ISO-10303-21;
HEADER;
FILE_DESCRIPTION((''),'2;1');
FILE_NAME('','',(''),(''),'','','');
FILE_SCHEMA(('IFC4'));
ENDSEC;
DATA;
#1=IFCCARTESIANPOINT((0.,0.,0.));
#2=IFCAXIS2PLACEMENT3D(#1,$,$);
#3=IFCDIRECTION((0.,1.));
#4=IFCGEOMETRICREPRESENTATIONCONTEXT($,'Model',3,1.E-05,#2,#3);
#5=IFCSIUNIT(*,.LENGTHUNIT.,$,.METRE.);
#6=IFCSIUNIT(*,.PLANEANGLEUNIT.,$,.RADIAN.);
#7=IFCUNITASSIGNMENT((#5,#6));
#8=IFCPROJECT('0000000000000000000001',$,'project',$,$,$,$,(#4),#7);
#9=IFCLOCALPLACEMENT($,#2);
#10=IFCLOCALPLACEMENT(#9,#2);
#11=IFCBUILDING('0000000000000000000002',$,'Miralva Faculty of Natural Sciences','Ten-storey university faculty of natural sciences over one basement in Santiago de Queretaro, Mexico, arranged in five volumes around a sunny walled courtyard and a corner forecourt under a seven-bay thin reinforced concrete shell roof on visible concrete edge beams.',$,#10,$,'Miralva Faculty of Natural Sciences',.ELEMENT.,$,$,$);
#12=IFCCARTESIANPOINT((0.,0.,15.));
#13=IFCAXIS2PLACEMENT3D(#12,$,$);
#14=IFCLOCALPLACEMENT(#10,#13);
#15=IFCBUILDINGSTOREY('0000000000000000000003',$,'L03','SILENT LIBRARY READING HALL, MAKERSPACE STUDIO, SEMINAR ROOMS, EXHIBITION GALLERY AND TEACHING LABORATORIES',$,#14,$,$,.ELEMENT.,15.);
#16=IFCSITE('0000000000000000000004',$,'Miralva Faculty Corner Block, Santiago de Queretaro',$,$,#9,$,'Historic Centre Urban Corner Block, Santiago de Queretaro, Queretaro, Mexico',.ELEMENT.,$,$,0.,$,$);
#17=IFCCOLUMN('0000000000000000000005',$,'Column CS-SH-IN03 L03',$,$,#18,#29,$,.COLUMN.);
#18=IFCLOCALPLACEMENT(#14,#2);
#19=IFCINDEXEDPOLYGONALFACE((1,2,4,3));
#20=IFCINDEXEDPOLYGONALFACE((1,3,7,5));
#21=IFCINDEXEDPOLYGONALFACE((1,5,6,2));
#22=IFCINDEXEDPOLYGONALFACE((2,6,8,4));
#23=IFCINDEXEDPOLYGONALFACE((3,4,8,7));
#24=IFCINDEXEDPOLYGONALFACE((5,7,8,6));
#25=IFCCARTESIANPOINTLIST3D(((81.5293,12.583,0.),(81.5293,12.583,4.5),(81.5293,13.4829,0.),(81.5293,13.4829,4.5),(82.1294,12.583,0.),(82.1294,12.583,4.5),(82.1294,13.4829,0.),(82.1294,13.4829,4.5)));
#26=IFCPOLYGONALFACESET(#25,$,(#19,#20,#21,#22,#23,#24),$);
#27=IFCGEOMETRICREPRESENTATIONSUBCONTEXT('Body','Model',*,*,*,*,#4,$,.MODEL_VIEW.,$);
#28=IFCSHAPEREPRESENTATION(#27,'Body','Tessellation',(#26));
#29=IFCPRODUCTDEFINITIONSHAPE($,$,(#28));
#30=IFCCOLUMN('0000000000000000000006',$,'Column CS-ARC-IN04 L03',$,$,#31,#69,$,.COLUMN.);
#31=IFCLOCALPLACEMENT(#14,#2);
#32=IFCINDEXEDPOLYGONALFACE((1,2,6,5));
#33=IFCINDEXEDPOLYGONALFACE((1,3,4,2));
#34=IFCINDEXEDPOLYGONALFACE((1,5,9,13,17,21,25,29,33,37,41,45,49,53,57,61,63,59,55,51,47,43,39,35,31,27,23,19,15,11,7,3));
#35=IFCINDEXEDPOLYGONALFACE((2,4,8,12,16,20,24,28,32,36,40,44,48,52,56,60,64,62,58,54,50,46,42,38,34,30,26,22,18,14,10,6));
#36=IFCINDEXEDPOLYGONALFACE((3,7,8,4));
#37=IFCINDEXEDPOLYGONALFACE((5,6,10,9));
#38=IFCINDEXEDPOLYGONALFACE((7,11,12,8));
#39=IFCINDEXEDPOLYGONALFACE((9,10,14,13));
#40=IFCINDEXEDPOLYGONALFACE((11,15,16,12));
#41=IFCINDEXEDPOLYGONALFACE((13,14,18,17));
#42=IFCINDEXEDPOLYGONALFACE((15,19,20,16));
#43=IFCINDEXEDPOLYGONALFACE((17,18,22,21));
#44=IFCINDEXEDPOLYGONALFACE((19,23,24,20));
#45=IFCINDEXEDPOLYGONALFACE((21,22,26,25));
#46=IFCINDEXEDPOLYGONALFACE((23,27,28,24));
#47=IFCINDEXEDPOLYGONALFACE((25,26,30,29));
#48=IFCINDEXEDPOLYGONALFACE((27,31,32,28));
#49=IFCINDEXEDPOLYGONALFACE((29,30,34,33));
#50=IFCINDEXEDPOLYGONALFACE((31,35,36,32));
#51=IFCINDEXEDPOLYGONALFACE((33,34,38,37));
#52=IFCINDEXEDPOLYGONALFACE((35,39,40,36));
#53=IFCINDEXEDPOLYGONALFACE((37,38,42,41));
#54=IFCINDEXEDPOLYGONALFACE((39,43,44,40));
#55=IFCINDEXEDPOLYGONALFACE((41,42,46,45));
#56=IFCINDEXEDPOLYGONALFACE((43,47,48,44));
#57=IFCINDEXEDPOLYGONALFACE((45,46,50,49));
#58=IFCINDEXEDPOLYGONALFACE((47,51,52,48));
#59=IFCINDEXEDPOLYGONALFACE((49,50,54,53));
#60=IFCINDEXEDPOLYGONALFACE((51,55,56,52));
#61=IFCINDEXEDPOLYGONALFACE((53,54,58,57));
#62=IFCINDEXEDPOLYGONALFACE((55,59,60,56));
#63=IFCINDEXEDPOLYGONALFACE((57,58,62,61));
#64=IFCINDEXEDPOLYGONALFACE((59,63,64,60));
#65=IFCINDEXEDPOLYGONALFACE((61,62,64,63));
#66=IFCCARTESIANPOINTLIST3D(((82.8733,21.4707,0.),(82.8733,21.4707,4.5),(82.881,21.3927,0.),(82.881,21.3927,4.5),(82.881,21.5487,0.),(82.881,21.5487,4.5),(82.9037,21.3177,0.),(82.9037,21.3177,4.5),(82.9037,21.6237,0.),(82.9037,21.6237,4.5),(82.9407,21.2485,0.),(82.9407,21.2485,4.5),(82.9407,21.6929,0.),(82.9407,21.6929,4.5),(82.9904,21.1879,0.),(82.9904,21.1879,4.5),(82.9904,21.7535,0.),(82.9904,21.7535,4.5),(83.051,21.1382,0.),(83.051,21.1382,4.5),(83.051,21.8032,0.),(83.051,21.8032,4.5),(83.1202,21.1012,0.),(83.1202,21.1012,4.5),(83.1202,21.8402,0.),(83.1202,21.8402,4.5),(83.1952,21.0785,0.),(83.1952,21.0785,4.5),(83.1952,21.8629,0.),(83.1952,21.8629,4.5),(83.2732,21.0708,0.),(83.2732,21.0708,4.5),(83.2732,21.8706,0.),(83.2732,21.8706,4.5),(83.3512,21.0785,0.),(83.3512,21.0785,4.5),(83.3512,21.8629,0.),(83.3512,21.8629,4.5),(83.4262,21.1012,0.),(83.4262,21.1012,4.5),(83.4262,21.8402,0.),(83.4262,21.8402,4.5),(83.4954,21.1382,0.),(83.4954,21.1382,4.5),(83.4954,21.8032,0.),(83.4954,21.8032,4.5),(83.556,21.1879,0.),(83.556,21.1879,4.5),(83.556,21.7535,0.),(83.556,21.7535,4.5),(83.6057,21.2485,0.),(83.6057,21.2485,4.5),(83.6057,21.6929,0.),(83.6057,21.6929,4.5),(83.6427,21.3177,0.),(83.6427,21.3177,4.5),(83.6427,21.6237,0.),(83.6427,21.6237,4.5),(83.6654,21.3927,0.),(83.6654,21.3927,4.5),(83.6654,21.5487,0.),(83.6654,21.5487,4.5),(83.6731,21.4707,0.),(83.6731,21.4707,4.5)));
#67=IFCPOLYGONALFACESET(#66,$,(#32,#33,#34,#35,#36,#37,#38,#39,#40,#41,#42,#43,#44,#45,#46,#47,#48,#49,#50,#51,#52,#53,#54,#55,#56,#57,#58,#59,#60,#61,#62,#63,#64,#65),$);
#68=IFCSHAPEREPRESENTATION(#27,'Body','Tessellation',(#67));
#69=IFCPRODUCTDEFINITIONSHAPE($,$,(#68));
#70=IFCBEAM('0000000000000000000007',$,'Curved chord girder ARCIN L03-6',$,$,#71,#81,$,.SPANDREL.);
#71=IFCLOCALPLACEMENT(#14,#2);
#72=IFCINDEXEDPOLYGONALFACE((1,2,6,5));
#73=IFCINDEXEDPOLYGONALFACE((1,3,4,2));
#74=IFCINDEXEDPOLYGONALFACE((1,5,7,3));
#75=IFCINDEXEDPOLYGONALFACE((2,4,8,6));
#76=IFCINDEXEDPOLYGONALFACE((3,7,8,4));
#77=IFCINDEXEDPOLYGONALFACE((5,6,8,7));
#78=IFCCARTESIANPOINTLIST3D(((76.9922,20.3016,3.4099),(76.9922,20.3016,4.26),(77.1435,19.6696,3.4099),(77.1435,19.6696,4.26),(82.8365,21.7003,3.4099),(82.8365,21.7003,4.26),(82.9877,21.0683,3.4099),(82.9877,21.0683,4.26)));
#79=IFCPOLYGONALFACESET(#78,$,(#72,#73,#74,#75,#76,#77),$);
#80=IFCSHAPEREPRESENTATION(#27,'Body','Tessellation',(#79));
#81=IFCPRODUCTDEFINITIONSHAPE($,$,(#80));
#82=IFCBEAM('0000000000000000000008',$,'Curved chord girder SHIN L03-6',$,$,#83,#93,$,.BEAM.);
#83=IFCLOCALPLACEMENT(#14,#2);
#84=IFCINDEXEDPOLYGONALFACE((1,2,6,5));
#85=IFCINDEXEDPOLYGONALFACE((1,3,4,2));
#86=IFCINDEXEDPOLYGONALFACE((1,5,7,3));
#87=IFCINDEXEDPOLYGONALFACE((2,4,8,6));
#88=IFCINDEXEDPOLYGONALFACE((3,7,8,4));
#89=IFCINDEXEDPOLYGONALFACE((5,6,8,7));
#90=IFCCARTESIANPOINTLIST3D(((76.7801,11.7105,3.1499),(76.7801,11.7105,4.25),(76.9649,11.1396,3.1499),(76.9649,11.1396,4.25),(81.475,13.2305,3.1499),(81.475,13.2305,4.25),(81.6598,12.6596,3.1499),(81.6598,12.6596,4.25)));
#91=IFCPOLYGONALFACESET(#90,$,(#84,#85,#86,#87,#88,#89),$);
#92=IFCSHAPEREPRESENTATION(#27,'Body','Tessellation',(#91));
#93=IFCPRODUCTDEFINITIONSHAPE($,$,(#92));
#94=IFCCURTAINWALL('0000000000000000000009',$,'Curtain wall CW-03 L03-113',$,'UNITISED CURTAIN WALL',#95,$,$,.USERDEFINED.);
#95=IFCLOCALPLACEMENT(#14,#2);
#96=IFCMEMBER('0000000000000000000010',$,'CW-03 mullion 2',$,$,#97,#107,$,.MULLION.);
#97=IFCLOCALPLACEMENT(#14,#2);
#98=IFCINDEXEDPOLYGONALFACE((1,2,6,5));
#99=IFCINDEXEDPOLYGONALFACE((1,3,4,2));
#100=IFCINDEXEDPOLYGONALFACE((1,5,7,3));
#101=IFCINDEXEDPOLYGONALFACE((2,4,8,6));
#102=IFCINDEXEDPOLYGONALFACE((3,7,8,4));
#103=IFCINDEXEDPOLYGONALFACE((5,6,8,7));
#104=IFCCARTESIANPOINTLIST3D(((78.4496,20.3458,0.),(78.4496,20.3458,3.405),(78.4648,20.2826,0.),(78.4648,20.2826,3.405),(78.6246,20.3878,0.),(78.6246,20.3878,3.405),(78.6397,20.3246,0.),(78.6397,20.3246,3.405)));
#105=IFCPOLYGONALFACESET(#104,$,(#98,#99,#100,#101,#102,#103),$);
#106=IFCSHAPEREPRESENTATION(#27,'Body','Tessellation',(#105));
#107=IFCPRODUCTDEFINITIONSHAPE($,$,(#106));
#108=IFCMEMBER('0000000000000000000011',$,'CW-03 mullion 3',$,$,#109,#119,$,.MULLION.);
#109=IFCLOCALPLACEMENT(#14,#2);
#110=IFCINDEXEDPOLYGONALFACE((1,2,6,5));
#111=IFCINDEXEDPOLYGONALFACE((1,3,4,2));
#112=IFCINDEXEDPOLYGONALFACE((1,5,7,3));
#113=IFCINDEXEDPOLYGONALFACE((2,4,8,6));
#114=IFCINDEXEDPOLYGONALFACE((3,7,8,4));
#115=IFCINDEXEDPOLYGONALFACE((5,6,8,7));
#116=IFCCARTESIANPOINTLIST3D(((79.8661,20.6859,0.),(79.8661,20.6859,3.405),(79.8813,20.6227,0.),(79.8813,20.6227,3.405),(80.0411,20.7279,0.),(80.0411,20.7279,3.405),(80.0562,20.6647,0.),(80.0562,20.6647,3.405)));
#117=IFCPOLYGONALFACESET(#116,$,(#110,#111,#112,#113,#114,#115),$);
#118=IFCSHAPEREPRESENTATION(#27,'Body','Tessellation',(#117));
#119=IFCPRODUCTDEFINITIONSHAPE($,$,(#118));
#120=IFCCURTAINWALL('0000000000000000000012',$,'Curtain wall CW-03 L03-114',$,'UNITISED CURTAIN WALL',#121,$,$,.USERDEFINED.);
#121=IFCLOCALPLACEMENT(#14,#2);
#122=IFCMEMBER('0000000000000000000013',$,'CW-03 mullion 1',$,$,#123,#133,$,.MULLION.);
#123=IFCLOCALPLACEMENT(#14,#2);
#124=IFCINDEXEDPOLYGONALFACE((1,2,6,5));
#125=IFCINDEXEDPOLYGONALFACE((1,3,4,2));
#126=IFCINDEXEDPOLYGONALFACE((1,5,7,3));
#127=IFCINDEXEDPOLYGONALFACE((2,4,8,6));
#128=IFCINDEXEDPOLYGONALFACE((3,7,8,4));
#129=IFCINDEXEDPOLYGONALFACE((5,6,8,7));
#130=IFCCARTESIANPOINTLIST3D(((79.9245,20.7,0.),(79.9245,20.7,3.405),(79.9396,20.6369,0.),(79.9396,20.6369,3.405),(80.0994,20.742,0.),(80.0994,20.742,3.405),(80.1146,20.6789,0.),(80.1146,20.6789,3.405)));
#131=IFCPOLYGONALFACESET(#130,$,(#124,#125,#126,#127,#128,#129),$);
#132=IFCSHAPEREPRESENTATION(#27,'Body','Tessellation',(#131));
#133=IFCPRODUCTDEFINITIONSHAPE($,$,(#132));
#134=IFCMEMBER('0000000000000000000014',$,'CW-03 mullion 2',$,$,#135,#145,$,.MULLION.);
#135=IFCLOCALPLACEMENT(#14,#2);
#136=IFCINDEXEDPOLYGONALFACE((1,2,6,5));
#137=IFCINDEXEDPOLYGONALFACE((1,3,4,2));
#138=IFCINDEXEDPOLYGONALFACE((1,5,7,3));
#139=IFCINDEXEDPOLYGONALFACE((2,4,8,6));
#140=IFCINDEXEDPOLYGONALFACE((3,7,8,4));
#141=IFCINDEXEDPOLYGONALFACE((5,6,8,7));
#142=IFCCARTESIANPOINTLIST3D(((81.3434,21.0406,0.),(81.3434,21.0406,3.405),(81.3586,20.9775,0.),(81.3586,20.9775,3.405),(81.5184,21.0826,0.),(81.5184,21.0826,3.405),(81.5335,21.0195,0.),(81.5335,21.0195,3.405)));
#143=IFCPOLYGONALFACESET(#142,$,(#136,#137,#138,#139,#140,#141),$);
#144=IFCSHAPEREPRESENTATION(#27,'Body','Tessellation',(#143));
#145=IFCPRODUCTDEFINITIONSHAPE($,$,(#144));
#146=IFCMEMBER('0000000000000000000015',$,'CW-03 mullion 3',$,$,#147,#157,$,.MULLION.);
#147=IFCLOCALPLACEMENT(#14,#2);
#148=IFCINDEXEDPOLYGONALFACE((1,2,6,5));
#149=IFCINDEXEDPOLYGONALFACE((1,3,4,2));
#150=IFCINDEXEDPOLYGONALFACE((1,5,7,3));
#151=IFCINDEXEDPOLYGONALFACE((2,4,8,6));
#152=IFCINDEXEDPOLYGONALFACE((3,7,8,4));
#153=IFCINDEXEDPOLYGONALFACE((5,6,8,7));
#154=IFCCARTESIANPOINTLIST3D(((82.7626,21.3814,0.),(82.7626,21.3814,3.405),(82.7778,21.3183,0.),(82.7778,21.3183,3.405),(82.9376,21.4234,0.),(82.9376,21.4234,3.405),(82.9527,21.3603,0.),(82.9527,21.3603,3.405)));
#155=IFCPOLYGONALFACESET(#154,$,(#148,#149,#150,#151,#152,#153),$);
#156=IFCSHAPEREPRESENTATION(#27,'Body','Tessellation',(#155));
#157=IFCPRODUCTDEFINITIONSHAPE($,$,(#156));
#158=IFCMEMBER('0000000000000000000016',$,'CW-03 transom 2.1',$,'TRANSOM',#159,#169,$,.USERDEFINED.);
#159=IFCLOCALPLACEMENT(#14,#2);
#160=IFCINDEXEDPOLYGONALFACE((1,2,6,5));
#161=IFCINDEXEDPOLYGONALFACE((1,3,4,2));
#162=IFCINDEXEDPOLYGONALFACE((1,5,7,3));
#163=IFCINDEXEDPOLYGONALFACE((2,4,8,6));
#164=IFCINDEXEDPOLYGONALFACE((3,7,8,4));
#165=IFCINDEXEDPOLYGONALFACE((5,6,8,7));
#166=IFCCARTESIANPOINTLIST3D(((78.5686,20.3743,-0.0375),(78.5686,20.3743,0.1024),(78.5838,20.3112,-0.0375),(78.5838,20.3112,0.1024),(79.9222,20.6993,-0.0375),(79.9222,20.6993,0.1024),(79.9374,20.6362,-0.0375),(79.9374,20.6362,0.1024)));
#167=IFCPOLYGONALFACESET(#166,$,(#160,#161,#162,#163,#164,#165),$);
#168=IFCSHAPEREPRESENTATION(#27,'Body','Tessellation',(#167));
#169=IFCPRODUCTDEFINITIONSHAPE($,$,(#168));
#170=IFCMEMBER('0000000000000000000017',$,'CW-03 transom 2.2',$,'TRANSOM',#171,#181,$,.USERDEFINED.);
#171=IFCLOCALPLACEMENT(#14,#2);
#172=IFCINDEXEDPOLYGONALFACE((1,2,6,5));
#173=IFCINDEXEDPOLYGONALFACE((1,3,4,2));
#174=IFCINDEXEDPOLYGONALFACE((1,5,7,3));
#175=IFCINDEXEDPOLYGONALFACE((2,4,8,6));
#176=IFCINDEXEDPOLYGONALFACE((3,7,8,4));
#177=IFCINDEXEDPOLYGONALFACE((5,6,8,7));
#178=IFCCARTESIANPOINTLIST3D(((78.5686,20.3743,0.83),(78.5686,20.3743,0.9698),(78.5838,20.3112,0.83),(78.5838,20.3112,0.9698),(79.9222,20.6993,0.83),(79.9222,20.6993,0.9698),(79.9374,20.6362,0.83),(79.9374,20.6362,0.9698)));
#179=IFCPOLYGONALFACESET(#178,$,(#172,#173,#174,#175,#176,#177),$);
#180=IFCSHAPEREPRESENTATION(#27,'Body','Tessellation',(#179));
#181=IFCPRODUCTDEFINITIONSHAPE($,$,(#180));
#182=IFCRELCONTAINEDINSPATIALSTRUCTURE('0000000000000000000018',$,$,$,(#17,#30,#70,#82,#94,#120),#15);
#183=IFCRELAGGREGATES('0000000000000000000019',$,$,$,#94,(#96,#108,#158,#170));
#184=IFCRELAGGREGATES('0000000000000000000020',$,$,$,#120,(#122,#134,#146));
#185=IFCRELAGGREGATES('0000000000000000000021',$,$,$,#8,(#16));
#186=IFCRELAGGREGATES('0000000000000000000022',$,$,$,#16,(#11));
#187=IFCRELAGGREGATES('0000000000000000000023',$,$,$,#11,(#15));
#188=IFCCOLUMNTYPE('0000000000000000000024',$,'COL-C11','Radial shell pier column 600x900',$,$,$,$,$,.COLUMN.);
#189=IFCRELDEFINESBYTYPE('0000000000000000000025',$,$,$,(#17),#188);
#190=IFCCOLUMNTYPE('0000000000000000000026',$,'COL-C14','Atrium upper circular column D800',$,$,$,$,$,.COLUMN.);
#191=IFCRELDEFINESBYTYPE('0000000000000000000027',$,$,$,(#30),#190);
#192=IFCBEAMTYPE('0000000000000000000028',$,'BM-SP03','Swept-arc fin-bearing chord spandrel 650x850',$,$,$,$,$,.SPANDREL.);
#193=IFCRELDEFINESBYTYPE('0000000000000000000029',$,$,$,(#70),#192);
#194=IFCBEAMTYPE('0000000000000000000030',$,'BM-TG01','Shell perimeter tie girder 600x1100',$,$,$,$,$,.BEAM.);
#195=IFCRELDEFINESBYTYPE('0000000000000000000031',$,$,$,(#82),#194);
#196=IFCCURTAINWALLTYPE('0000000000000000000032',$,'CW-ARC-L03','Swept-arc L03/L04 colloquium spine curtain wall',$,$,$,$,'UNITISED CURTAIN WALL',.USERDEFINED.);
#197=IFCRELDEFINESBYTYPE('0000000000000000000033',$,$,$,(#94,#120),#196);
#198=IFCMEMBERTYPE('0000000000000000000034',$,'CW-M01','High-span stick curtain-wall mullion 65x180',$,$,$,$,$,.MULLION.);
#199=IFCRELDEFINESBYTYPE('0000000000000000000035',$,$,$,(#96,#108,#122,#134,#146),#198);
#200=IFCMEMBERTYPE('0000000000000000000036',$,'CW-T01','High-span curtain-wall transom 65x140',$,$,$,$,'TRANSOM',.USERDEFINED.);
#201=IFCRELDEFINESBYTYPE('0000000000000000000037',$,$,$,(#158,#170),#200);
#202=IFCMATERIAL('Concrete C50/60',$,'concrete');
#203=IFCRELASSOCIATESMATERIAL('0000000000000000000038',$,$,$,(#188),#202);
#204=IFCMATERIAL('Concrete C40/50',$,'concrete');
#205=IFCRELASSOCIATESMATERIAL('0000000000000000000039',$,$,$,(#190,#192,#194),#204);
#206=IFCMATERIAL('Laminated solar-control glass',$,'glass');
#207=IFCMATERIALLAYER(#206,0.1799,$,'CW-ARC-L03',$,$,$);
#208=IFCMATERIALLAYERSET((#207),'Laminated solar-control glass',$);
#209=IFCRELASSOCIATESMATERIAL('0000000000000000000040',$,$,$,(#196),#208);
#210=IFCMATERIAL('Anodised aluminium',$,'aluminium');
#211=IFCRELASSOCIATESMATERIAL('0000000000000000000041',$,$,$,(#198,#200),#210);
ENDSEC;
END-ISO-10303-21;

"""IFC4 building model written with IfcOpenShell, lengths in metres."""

from ifc_helpers import new_model, si_unit, direction, frame, origin, origin_2d, place, context, subcontext, project, spatial, rectangle, circle, extrude, material, layer, layer_set, material_profile, profile_set, type_object, element, aggregate, save


model = new_model("IFC4")

# Units and contexts
model_context = context("Model", 3, precision=1e-05, world=origin(), true_north=direction((0.0, 1.0)))
body_context = subcontext(model_context, "Body", "Model", "MODEL_VIEW")
ifc_project = project(units=[si_unit("LENGTHUNIT", "METRE"), si_unit("PLANEANGLEUNIT", "RADIAN")], contexts=[model_context])

# Site, building, storey
site_placement = place(None, origin())
site = spatial("IfcSite", under=ifc_project, at=site_placement, Name="Miralva Faculty Corner Block, Santiago de Queretaro", LongName="Historic Centre Urban Corner Block, Santiago de Queretaro, Queretaro, Mexico", CompositionType="ELEMENT", RefElevation=0.0)
building_placement = place(site_placement, origin())
building = spatial("IfcBuilding", under=site, at=building_placement, Name="Miralva Faculty of Natural Sciences", Description="Ten-storey university faculty of natural sciences over one basement in Santiago de Queretaro, Mexico, arranged in five volumes around a sunny walled courtyard and a corner forecourt under a seven-bay thin reinforced concrete shell roof on visible concrete edge beams.", LongName="Miralva Faculty of Natural Sciences", CompositionType="ELEMENT")
storey_placement = place(building_placement, frame((0.0, 0.0, 15.0)))
storey = spatial("IfcBuildingStorey", under=building, at=storey_placement, Name="L03", Description="SILENT LIBRARY READING HALL, MAKERSPACE STUDIO, SEMINAR ROOMS, EXHIBITION GALLERY AND TEACHING LABORATORIES", CompositionType="ELEMENT", Elevation=15.0)

# Columns
ifc_material_1 = material(Name="Concrete C50/60", Category="concrete")
ifc_material_profile_1 = material_profile(ifc_material_1, rectangle(XDim=0.6001, YDim=0.8999, at=origin_2d()), Name="RC 600x900")
ifc_profile_set_1 = profile_set([ifc_material_profile_1], Name="Concrete C50/60")
column_type_1 = type_object("IfcColumnType", Name="COL-C11", Description="Radial shell pier column 600x900", PredefinedType="COLUMN", material=ifc_profile_set_1)
column_1_placement = place(storey_placement, frame((81.8293, 13.033, 0.0), z_axis=(0.0, 0.0, 1.0), x_axis=(1.0, 0.0, 0.0)))
element("IfcColumn", 1, at=column_1_placement, inside=storey, type_object=column_type_1, Name="Column CS-SH-IN03 L03", PredefinedType="COLUMN", context=body_context, shape_type="SweptSolid", body=[
    extrude(rectangle(XDim=0.6001, YDim=0.8999, at=origin_2d()), origin(), (0.0, 0.0, 1.0), 4.5),
])
ifc_material_2 = material(Name="Concrete C40/50", Category="concrete")
ifc_material_profile_2 = material_profile(ifc_material_2, circle(Radius=0.3999, at=origin_2d()), Name="RC DIA 800")
ifc_profile_set_2 = profile_set([ifc_material_profile_2], Name="Concrete C40/50")
column_type_2 = type_object("IfcColumnType", Name="COL-C14", Description="Atrium upper circular column D800", PredefinedType="COLUMN", material=ifc_profile_set_2)
column_2_placement = place(storey_placement, frame((83.2732, 21.4707, 0.0), z_axis=(0.0, 0.0, 1.0), x_axis=(1.0, 0.0, 0.0)))
element("IfcColumn", 2, at=column_2_placement, inside=storey, type_object=column_type_2, Name="Column CS-ARC-IN04 L03", PredefinedType="COLUMN", context=body_context, shape_type="SweptSolid", body=[
    extrude(circle(Radius=0.3999, at=origin_2d()), origin(), (0.0, 0.0, 1.0), 4.5),
])

# Beams
ifc_material_profile_3 = material_profile(ifc_material_2, rectangle(XDim=0.6499, YDim=0.8501, at=origin_2d()), Name="RC 650x850")
ifc_profile_set_3 = profile_set([ifc_material_profile_3], Name="Concrete C40/50")
beam_type_1 = type_object("IfcBeamType", Name="BM-SP03", Description="Swept-arc fin-bearing chord spandrel 650x850", PredefinedType="SPANDREL", material=ifc_profile_set_3)
beam_1_placement = place(storey_placement, frame((82.9121, 21.3843, 3.835), z_axis=(-0.972536, -0.232754, 0.0), x_axis=(0.232754, -0.972536, 0.0)))
element("IfcBeam", 3, at=beam_1_placement, inside=storey, type_object=beam_type_1, Name="Curved chord girder ARCIN L03-6", PredefinedType="SPANDREL", context=body_context, shape_type="SweptSolid", body=[
    extrude(rectangle(XDim=0.6499, YDim=0.8501, at=origin_2d()), origin(), (0.0, 0.0, 1.0), 6.0093),
])
ifc_material_profile_4 = material_profile(ifc_material_2, rectangle(XDim=0.6001, YDim=1.1001, at=origin_2d()), Name="RC 600x1100")
ifc_profile_set_4 = profile_set([ifc_material_profile_4], Name="Concrete C40/50")
beam_type_2 = type_object("IfcBeamType", Name="BM-TG01", Description="Shell perimeter tie girder 600x1100", PredefinedType="BEAM", material=ifc_profile_set_4)
beam_2_placement = place(storey_placement, frame((81.5674, 12.9451, 3.7), z_axis=(-0.951379, -0.308023, 0.0), x_axis=(0.308023, -0.951379, 0.0)))
element("IfcBeam", 4, at=beam_2_placement, inside=storey, type_object=beam_type_2, Name="Curved chord girder SHIN L03-6", PredefinedType="BEAM", context=body_context, shape_type="SweptSolid", body=[
    extrude(rectangle(XDim=0.6001, YDim=1.1001, at=origin_2d()), origin(), (0.0, 0.0, 1.0), 4.9348),
])

# Curtain walls, members
ifc_material_3 = material(Name="Laminated solar-control glass", Category="glass")
ifc_layer_1 = layer(ifc_material_3, 0.1799, Name="CW-ARC-L03")
ifc_layer_set_1 = layer_set([ifc_layer_1], Name="Laminated solar-control glass")
curtain_wall_type = type_object("IfcCurtainWallType", Name="CW-ARC-L03", Description="Swept-arc L03/L04 colloquium spine curtain wall", ElementType="UNITISED CURTAIN WALL", PredefinedType="USERDEFINED", material=ifc_layer_set_1)
curtain_wall_1_placement = place(storey_placement, origin())
curtain_wall_1 = element("IfcCurtainWall", 5, at=curtain_wall_1_placement, inside=storey, type_object=curtain_wall_type, Name="Curtain wall CW-03 L03-113", ObjectType="UNITISED CURTAIN WALL", PredefinedType="USERDEFINED")
ifc_material_4 = material(Name="Anodised aluminium", Category="aluminium")
ifc_material_profile_5 = material_profile(ifc_material_4, rectangle(XDim=0.0649, YDim=0.1799, at=origin_2d()), Name="MULLION 65x180")
ifc_profile_set_5 = profile_set([ifc_material_profile_5], Name="Anodised aluminium")
member_type_1 = type_object("IfcMemberType", Name="CW-M01", Description="High-span stick curtain-wall mullion 65x180", PredefinedType="MULLION", material=ifc_profile_set_5)
member_1_placement = place(storey_placement, frame((78.5447, 20.3352, 0.0), z_axis=(0.0, 0.0, 1.0), x_axis=(-0.233457, 0.972367, 0.0)))
member_1 = element("IfcMember", 6, at=member_1_placement, type_object=member_type_1, Name="CW-03 mullion 2", PredefinedType="MULLION", context=body_context, shape_type="SweptSolid", body=[
    extrude(rectangle(XDim=0.0649, YDim=0.1799, at=origin_2d()), origin(), (0.0, 0.0, 1.0), 3.405),
])
member_2_placement = place(storey_placement, frame((79.9612, 20.6753, 0.0), z_axis=(0.0, 0.0, 1.0), x_axis=(-0.233457, 0.972367, 0.0)))
member_2 = element("IfcMember", 7, at=member_2_placement, type_object=member_type_1, Name="CW-03 mullion 3", PredefinedType="MULLION", context=body_context, shape_type="SweptSolid", body=[
    extrude(rectangle(XDim=0.0649, YDim=0.1799, at=origin_2d()), origin(), (0.0, 0.0, 1.0), 3.405),
])
curtain_wall_2_placement = place(storey_placement, origin())
curtain_wall_2 = element("IfcCurtainWall", 8, at=curtain_wall_2_placement, inside=storey, type_object=curtain_wall_type, Name="Curtain wall CW-03 L03-114", ObjectType="UNITISED CURTAIN WALL", PredefinedType="USERDEFINED")
member_3_placement = place(storey_placement, frame((80.0195, 20.6895, 0.0), z_axis=(0.0, 0.0, 1.0), x_axis=(-0.233464, 0.972365, 0.0)))
member_3 = element("IfcMember", 9, at=member_3_placement, type_object=member_type_1, Name="CW-03 mullion 1", PredefinedType="MULLION", context=body_context, shape_type="SweptSolid", body=[
    extrude(rectangle(XDim=0.0649, YDim=0.1799, at=origin_2d()), origin(), (0.0, 0.0, 1.0), 3.405),
])
member_4_placement = place(storey_placement, frame((81.4385, 21.03, 0.0), z_axis=(0.0, 0.0, 1.0), x_axis=(-0.233464, 0.972365, 0.0)))
member_4 = element("IfcMember", 10, at=member_4_placement, type_object=member_type_1, Name="CW-03 mullion 2", PredefinedType="MULLION", context=body_context, shape_type="SweptSolid", body=[
    extrude(rectangle(XDim=0.0649, YDim=0.1799, at=origin_2d()), origin(), (0.0, 0.0, 1.0), 3.405),
])
member_5_placement = place(storey_placement, frame((82.8577, 21.3708, 0.0), z_axis=(0.0, 0.0, 1.0), x_axis=(-0.233464, 0.972365, 0.0)))
member_5 = element("IfcMember", 11, at=member_5_placement, type_object=member_type_1, Name="CW-03 mullion 3", PredefinedType="MULLION", context=body_context, shape_type="SweptSolid", body=[
    extrude(rectangle(XDim=0.0649, YDim=0.1799, at=origin_2d()), origin(), (0.0, 0.0, 1.0), 3.405),
])

# Members
ifc_material_profile_6 = material_profile(ifc_material_4, rectangle(XDim=0.0649, YDim=0.1399, at=origin_2d()), Name="TRANSOM 65x140")
ifc_profile_set_6 = profile_set([ifc_material_profile_6], Name="Anodised aluminium")
member_type_2 = type_object("IfcMemberType", Name="CW-T01", Description="High-span curtain-wall transom 65x140", ElementType="TRANSOM", PredefinedType="USERDEFINED", material=ifc_profile_set_6)
member_6_placement = place(storey_placement, frame((78.5762, 20.3428, 0.0325), z_axis=(0.97237, 0.233446, 0.0), x_axis=(-0.233446, 0.97237, 0.0)))
member_6 = element("IfcMember", 12, at=member_6_placement, type_object=member_type_2, Name="CW-03 transom 2.1", ObjectType="TRANSOM", PredefinedType="USERDEFINED", context=body_context, shape_type="SweptSolid", body=[
    extrude(rectangle(XDim=0.0649, YDim=0.1399, at=origin_2d()), origin(), (0.0, 0.0, 1.0), 1.3921),
])
member_7_placement = place(storey_placement, frame((78.5762, 20.3428, 0.8999), z_axis=(0.97237, 0.233446, 0.0), x_axis=(-0.233446, 0.97237, 0.0)))
member_7 = element("IfcMember", 13, at=member_7_placement, type_object=member_type_2, Name="CW-03 transom 2.2", ObjectType="TRANSOM", PredefinedType="USERDEFINED", context=body_context, shape_type="SweptSolid", body=[
    extrude(rectangle(XDim=0.0649, YDim=0.1399, at=origin_2d()), origin(), (0.0, 0.0, 1.0), 1.3921),
])

aggregate(curtain_wall_1, [member_1, member_2, member_6, member_7])
aggregate(curtain_wall_2, [member_3, member_4, member_5])

save(model, "model.ifc")
